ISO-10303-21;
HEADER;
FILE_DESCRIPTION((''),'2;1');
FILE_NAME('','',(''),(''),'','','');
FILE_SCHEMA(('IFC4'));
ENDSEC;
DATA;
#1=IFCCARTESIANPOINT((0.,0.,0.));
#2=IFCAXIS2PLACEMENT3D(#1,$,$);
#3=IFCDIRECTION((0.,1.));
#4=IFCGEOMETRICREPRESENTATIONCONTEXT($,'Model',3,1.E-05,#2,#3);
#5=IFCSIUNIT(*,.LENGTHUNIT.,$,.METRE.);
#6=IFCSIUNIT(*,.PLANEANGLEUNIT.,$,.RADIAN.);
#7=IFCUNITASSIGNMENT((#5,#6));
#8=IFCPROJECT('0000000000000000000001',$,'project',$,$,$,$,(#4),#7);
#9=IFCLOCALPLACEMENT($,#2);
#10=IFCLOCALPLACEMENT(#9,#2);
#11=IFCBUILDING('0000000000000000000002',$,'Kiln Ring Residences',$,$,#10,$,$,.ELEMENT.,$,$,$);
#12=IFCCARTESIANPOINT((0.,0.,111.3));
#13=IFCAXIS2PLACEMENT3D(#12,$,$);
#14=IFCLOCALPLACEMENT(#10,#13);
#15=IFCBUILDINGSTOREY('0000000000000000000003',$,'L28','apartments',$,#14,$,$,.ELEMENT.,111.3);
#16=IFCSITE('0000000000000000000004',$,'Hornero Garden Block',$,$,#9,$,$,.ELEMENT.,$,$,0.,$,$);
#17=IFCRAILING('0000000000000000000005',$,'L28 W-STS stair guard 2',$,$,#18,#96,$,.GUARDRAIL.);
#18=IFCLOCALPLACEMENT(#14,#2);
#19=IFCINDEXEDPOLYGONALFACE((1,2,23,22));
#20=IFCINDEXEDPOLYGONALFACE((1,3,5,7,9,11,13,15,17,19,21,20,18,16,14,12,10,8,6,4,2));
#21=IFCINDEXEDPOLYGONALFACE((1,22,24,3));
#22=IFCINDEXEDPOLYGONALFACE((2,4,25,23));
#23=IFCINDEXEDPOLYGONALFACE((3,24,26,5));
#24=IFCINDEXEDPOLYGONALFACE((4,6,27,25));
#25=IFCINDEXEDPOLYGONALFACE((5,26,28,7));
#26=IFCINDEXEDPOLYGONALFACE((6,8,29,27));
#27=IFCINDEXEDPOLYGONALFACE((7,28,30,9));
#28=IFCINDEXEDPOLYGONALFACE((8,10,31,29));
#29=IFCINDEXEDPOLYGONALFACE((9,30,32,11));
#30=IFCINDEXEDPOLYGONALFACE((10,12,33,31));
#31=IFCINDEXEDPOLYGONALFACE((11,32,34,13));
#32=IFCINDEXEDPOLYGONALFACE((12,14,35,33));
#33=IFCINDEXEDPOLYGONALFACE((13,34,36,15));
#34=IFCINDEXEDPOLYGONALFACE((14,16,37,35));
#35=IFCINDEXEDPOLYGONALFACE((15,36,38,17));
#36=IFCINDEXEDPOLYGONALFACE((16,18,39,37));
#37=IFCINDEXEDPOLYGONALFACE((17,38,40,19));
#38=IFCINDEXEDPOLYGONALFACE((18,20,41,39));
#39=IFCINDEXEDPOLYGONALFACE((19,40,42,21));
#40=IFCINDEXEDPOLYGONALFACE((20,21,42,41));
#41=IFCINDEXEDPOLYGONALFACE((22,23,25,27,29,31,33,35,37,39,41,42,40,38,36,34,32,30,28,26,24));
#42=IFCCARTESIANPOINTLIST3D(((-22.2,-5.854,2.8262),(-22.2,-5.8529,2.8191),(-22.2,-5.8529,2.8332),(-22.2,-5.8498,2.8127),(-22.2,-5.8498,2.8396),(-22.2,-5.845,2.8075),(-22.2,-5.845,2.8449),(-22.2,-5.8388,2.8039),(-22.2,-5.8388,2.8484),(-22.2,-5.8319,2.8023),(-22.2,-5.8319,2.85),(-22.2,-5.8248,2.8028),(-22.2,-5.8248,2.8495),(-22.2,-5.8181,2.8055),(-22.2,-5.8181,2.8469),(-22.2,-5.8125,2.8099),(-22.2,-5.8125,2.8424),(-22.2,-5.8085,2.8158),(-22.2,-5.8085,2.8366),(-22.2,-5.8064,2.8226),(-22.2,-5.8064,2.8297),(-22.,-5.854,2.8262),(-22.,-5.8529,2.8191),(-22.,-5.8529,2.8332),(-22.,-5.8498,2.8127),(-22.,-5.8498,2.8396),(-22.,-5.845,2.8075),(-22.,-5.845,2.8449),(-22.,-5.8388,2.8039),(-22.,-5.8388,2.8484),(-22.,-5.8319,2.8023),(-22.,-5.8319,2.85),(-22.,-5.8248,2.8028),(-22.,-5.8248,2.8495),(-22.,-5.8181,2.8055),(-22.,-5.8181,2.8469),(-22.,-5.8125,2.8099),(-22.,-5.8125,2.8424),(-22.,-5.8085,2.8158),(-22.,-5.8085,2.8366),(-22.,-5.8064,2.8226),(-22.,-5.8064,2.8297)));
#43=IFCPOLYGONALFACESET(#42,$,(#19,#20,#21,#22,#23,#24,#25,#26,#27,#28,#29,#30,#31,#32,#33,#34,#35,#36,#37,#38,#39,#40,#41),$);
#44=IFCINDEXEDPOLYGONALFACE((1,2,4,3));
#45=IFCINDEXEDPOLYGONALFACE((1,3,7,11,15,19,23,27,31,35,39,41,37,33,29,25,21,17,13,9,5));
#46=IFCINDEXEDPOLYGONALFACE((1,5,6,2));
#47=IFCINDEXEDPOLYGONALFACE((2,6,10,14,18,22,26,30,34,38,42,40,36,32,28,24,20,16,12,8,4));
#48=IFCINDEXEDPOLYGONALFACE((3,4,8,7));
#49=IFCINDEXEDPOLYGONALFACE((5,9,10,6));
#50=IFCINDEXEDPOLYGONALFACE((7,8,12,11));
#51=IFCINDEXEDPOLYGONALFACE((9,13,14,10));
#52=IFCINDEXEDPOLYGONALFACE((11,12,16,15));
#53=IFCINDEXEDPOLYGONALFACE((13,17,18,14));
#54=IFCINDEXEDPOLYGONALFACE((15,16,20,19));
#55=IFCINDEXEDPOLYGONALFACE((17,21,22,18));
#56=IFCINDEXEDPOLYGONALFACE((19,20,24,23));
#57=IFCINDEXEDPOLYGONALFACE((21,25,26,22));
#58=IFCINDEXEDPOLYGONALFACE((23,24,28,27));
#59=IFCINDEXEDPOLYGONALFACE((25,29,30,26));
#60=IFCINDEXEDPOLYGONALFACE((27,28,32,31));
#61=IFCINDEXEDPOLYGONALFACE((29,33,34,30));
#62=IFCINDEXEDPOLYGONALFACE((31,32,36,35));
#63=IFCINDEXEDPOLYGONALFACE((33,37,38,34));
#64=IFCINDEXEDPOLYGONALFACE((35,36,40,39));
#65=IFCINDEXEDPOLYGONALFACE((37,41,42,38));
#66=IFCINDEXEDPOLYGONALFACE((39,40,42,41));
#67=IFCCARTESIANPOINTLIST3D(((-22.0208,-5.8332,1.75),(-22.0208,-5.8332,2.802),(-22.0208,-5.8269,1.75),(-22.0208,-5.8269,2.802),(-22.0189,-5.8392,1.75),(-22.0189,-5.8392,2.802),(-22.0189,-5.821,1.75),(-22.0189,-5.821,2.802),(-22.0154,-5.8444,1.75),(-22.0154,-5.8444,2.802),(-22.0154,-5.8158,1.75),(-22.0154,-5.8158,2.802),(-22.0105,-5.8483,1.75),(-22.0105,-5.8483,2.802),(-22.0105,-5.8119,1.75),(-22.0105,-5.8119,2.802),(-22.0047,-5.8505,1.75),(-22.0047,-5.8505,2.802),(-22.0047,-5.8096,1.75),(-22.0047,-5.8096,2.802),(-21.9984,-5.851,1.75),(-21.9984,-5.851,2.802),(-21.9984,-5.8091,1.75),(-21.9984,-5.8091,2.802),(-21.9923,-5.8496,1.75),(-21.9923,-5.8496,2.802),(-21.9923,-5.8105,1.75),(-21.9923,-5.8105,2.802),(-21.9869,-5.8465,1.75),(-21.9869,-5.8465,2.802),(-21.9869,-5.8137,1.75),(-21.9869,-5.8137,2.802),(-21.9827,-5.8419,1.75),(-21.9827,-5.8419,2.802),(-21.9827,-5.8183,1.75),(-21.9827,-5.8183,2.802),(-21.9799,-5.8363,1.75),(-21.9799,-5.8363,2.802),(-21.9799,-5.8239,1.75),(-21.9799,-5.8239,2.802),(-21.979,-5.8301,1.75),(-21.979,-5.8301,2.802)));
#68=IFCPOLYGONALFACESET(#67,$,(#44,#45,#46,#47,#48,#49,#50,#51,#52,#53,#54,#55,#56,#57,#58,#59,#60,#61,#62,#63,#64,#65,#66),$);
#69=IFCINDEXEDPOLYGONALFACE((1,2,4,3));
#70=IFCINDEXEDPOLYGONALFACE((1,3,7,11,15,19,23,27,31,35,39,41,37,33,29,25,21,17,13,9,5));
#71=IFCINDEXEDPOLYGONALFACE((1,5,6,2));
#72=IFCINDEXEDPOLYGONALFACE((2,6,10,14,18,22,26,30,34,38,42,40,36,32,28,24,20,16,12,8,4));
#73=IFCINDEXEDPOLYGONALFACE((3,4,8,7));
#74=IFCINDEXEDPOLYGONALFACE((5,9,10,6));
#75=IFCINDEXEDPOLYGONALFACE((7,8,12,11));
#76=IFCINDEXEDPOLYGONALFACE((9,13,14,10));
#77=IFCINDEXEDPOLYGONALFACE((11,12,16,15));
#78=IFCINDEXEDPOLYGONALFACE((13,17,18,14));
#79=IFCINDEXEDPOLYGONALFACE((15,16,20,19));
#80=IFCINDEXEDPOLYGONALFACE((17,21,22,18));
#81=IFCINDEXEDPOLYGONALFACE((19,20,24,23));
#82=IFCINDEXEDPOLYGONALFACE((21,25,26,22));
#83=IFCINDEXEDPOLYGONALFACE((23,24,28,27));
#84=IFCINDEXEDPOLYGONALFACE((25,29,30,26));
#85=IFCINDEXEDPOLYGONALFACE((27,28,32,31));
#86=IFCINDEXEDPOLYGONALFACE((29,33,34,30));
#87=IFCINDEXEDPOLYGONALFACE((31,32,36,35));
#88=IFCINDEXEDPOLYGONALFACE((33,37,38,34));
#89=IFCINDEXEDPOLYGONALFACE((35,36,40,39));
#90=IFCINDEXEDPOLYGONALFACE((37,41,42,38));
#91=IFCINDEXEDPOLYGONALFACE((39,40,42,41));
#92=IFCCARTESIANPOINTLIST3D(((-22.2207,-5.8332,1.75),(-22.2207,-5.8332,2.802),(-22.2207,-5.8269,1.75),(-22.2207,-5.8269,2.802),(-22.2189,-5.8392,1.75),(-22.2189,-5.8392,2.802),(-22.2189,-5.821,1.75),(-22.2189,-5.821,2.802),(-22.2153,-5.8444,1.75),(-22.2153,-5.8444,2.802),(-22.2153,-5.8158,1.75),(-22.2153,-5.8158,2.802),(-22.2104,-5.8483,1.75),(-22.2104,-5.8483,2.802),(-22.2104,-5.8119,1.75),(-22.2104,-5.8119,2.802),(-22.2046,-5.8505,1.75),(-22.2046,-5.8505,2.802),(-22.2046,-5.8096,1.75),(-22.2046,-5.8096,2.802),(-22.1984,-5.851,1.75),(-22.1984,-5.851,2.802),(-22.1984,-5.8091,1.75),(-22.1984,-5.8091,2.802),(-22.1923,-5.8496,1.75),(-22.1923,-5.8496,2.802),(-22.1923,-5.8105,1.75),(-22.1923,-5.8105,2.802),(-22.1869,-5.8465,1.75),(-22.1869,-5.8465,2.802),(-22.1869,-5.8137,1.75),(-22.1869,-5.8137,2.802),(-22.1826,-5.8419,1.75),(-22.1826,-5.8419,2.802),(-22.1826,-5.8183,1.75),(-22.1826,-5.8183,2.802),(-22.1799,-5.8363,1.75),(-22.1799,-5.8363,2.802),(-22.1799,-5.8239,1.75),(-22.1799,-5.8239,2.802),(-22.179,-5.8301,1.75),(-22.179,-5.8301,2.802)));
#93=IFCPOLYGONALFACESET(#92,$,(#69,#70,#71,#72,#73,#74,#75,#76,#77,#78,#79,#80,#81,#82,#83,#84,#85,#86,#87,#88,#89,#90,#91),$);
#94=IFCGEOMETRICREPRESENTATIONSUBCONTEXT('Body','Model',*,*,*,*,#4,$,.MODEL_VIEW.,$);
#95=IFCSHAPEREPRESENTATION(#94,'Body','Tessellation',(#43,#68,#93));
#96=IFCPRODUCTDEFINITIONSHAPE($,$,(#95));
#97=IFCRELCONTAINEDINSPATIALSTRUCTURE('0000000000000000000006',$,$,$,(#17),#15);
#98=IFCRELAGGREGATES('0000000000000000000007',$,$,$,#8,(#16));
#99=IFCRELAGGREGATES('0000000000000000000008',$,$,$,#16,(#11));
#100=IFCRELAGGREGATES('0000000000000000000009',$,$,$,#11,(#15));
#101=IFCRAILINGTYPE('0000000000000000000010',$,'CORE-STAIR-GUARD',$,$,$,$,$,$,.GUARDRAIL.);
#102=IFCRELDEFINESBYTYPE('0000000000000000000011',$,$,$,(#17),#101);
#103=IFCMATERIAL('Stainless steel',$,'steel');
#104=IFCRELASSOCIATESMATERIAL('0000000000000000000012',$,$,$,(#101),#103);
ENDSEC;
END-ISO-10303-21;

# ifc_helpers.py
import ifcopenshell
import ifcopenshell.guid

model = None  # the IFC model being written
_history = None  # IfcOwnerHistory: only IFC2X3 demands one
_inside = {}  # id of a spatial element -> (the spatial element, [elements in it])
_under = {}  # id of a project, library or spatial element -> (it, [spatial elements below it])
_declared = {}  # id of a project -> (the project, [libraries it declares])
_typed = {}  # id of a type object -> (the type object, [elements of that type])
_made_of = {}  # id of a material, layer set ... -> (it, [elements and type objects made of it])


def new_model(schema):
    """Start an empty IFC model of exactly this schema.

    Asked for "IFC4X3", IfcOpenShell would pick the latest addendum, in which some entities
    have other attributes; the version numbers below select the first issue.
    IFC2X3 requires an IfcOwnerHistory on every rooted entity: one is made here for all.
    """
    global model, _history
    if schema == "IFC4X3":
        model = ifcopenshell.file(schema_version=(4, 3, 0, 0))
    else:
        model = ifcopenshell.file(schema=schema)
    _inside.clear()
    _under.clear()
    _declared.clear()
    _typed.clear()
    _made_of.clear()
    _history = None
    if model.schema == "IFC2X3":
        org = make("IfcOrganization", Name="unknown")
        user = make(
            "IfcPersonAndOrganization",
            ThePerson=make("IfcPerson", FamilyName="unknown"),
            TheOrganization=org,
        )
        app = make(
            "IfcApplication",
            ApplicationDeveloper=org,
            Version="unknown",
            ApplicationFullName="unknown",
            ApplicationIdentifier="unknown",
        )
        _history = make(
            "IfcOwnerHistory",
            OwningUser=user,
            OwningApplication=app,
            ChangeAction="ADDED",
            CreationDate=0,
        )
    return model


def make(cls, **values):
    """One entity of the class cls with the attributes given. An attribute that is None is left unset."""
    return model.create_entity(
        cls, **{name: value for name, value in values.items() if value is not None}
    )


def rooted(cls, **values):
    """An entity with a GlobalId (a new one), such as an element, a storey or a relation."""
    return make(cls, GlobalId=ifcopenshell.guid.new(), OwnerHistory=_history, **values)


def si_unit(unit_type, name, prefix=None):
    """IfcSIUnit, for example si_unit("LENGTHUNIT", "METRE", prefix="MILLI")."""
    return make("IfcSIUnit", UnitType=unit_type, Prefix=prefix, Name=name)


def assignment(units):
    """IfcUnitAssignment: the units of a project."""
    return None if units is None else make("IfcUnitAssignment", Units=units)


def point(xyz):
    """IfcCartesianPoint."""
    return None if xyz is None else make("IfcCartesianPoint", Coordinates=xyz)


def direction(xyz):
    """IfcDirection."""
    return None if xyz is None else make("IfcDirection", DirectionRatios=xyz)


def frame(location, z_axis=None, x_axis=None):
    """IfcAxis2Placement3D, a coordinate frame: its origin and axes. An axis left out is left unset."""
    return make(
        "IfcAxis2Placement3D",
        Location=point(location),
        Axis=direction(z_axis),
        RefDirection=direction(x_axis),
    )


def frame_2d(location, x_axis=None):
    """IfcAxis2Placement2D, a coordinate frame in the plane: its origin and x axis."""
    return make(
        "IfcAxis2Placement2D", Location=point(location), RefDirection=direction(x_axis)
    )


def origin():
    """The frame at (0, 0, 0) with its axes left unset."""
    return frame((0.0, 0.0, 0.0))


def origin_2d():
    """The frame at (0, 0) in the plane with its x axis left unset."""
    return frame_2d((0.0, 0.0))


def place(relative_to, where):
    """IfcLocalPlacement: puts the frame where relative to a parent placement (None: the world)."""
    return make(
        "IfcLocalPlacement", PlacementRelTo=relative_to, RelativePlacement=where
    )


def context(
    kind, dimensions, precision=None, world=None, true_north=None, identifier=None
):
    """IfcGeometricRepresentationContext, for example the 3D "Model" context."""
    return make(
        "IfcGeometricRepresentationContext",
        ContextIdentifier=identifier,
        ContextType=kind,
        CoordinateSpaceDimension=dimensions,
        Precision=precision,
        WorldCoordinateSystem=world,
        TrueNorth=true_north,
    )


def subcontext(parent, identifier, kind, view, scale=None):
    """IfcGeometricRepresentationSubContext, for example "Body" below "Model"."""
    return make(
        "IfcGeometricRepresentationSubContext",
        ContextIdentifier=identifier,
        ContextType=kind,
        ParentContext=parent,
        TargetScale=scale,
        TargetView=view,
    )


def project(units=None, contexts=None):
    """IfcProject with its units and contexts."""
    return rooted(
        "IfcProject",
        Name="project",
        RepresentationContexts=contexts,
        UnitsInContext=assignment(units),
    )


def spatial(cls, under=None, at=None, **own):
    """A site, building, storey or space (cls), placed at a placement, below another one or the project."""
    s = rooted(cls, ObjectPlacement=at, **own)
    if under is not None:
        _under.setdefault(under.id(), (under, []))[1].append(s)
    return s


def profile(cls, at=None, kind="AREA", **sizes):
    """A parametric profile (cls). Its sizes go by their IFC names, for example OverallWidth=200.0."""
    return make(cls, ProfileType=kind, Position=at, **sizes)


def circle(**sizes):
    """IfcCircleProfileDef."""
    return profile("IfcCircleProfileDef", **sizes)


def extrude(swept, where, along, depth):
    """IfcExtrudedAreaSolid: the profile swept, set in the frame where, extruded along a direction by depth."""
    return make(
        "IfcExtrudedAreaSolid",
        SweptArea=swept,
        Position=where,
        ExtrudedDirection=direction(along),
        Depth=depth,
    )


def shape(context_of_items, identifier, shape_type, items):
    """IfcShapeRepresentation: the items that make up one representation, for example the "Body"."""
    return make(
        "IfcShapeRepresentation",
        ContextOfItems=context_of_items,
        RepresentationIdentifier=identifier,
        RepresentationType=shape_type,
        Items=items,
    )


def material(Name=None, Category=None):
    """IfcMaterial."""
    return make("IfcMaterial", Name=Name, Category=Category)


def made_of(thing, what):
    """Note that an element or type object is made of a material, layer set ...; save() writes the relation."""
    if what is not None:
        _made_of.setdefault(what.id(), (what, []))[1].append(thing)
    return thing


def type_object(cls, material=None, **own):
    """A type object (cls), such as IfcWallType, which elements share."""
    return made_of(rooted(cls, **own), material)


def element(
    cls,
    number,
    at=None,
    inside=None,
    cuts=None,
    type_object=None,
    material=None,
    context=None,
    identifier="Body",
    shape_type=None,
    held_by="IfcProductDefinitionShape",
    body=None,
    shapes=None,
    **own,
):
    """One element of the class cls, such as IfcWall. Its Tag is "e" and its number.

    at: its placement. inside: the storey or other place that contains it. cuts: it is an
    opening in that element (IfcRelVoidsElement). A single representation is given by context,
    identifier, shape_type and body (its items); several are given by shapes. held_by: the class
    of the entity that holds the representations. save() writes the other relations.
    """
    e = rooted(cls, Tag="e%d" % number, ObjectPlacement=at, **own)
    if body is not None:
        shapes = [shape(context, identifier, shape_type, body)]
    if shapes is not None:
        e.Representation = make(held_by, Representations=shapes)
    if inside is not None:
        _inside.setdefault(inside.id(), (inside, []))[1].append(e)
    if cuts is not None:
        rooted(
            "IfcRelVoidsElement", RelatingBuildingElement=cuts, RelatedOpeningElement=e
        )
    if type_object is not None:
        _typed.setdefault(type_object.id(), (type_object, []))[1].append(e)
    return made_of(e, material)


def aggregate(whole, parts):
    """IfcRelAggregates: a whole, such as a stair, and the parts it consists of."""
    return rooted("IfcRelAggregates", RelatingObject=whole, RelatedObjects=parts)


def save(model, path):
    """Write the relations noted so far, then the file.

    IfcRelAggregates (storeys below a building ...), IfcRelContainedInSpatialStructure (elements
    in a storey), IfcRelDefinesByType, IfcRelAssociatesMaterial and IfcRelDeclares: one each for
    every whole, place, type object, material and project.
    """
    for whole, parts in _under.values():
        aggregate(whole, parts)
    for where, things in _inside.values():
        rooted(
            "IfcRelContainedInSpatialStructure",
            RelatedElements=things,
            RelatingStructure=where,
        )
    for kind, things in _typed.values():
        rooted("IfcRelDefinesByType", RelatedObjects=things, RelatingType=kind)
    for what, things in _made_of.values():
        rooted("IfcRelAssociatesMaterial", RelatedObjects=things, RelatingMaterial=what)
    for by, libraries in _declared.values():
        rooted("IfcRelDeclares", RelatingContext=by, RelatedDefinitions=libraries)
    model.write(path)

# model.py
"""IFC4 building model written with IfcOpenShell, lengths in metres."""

from ifc_helpers import new_model, si_unit, direction, frame, origin, origin_2d, place, context, subcontext, project, spatial, circle, extrude, material, type_object, element, save


model = new_model("IFC4")

# Units and contexts
model_context = context("Model", 3, precision=1e-05, world=origin(), true_north=direction((0.0, 1.0)))
body_context = subcontext(model_context, "Body", "Model", "MODEL_VIEW")
ifc_project = project(units=[si_unit("LENGTHUNIT", "METRE"), si_unit("PLANEANGLEUNIT", "RADIAN")], contexts=[model_context])

# Site, building, storey
site_placement = place(None, origin())
site = spatial("IfcSite", under=ifc_project, at=site_placement, Name="Hornero Garden Block", CompositionType="ELEMENT", RefElevation=0.0)
building_placement = place(site_placement, origin())
building = spatial("IfcBuilding", under=site, at=building_placement, Name="Kiln Ring Residences", CompositionType="ELEMENT")
storey_placement = place(building_placement, frame((0.0, 0.0, 111.3)))
storey = spatial("IfcBuildingStorey", under=building, at=storey_placement, Name="L28", Description="apartments", CompositionType="ELEMENT", Elevation=111.3)

# Railing
ifc_material_1 = material(Name="Stainless steel", Category="steel")
railing_type_1 = type_object("IfcRailingType", Name="CORE-STAIR-GUARD", PredefinedType="GUARDRAIL", material=ifc_material_1)
railing_1_placement = place(storey_placement, frame((-22.0, -5.8301, 1.75)))
element("IfcRailing", 1, at=railing_1_placement, inside=storey, type_object=railing_type_1, Name="L28 W-STS stair guard 2", PredefinedType="GUARDRAIL", context=body_context, shape_type="SweptSolid", body=[
    extrude(circle(Radius=0.0239, at=origin_2d()), frame((0.0, 0.0, 1.0762), z_axis=(-1.0, 0.0, 0.0), x_axis=(0.0, -1.0, 0.0)), (0.0, 0.0, 1.0), 0.2),
    extrude(circle(Radius=0.021, at=origin_2d()), origin(), (0.0, 0.0, 1.0), 1.052),
    extrude(circle(Radius=0.021, at=origin_2d()), frame((-0.2, 0.0, 0.0)), (0.0, 0.0, 1.0), 1.052),
])

save(model, "model.ifc")
